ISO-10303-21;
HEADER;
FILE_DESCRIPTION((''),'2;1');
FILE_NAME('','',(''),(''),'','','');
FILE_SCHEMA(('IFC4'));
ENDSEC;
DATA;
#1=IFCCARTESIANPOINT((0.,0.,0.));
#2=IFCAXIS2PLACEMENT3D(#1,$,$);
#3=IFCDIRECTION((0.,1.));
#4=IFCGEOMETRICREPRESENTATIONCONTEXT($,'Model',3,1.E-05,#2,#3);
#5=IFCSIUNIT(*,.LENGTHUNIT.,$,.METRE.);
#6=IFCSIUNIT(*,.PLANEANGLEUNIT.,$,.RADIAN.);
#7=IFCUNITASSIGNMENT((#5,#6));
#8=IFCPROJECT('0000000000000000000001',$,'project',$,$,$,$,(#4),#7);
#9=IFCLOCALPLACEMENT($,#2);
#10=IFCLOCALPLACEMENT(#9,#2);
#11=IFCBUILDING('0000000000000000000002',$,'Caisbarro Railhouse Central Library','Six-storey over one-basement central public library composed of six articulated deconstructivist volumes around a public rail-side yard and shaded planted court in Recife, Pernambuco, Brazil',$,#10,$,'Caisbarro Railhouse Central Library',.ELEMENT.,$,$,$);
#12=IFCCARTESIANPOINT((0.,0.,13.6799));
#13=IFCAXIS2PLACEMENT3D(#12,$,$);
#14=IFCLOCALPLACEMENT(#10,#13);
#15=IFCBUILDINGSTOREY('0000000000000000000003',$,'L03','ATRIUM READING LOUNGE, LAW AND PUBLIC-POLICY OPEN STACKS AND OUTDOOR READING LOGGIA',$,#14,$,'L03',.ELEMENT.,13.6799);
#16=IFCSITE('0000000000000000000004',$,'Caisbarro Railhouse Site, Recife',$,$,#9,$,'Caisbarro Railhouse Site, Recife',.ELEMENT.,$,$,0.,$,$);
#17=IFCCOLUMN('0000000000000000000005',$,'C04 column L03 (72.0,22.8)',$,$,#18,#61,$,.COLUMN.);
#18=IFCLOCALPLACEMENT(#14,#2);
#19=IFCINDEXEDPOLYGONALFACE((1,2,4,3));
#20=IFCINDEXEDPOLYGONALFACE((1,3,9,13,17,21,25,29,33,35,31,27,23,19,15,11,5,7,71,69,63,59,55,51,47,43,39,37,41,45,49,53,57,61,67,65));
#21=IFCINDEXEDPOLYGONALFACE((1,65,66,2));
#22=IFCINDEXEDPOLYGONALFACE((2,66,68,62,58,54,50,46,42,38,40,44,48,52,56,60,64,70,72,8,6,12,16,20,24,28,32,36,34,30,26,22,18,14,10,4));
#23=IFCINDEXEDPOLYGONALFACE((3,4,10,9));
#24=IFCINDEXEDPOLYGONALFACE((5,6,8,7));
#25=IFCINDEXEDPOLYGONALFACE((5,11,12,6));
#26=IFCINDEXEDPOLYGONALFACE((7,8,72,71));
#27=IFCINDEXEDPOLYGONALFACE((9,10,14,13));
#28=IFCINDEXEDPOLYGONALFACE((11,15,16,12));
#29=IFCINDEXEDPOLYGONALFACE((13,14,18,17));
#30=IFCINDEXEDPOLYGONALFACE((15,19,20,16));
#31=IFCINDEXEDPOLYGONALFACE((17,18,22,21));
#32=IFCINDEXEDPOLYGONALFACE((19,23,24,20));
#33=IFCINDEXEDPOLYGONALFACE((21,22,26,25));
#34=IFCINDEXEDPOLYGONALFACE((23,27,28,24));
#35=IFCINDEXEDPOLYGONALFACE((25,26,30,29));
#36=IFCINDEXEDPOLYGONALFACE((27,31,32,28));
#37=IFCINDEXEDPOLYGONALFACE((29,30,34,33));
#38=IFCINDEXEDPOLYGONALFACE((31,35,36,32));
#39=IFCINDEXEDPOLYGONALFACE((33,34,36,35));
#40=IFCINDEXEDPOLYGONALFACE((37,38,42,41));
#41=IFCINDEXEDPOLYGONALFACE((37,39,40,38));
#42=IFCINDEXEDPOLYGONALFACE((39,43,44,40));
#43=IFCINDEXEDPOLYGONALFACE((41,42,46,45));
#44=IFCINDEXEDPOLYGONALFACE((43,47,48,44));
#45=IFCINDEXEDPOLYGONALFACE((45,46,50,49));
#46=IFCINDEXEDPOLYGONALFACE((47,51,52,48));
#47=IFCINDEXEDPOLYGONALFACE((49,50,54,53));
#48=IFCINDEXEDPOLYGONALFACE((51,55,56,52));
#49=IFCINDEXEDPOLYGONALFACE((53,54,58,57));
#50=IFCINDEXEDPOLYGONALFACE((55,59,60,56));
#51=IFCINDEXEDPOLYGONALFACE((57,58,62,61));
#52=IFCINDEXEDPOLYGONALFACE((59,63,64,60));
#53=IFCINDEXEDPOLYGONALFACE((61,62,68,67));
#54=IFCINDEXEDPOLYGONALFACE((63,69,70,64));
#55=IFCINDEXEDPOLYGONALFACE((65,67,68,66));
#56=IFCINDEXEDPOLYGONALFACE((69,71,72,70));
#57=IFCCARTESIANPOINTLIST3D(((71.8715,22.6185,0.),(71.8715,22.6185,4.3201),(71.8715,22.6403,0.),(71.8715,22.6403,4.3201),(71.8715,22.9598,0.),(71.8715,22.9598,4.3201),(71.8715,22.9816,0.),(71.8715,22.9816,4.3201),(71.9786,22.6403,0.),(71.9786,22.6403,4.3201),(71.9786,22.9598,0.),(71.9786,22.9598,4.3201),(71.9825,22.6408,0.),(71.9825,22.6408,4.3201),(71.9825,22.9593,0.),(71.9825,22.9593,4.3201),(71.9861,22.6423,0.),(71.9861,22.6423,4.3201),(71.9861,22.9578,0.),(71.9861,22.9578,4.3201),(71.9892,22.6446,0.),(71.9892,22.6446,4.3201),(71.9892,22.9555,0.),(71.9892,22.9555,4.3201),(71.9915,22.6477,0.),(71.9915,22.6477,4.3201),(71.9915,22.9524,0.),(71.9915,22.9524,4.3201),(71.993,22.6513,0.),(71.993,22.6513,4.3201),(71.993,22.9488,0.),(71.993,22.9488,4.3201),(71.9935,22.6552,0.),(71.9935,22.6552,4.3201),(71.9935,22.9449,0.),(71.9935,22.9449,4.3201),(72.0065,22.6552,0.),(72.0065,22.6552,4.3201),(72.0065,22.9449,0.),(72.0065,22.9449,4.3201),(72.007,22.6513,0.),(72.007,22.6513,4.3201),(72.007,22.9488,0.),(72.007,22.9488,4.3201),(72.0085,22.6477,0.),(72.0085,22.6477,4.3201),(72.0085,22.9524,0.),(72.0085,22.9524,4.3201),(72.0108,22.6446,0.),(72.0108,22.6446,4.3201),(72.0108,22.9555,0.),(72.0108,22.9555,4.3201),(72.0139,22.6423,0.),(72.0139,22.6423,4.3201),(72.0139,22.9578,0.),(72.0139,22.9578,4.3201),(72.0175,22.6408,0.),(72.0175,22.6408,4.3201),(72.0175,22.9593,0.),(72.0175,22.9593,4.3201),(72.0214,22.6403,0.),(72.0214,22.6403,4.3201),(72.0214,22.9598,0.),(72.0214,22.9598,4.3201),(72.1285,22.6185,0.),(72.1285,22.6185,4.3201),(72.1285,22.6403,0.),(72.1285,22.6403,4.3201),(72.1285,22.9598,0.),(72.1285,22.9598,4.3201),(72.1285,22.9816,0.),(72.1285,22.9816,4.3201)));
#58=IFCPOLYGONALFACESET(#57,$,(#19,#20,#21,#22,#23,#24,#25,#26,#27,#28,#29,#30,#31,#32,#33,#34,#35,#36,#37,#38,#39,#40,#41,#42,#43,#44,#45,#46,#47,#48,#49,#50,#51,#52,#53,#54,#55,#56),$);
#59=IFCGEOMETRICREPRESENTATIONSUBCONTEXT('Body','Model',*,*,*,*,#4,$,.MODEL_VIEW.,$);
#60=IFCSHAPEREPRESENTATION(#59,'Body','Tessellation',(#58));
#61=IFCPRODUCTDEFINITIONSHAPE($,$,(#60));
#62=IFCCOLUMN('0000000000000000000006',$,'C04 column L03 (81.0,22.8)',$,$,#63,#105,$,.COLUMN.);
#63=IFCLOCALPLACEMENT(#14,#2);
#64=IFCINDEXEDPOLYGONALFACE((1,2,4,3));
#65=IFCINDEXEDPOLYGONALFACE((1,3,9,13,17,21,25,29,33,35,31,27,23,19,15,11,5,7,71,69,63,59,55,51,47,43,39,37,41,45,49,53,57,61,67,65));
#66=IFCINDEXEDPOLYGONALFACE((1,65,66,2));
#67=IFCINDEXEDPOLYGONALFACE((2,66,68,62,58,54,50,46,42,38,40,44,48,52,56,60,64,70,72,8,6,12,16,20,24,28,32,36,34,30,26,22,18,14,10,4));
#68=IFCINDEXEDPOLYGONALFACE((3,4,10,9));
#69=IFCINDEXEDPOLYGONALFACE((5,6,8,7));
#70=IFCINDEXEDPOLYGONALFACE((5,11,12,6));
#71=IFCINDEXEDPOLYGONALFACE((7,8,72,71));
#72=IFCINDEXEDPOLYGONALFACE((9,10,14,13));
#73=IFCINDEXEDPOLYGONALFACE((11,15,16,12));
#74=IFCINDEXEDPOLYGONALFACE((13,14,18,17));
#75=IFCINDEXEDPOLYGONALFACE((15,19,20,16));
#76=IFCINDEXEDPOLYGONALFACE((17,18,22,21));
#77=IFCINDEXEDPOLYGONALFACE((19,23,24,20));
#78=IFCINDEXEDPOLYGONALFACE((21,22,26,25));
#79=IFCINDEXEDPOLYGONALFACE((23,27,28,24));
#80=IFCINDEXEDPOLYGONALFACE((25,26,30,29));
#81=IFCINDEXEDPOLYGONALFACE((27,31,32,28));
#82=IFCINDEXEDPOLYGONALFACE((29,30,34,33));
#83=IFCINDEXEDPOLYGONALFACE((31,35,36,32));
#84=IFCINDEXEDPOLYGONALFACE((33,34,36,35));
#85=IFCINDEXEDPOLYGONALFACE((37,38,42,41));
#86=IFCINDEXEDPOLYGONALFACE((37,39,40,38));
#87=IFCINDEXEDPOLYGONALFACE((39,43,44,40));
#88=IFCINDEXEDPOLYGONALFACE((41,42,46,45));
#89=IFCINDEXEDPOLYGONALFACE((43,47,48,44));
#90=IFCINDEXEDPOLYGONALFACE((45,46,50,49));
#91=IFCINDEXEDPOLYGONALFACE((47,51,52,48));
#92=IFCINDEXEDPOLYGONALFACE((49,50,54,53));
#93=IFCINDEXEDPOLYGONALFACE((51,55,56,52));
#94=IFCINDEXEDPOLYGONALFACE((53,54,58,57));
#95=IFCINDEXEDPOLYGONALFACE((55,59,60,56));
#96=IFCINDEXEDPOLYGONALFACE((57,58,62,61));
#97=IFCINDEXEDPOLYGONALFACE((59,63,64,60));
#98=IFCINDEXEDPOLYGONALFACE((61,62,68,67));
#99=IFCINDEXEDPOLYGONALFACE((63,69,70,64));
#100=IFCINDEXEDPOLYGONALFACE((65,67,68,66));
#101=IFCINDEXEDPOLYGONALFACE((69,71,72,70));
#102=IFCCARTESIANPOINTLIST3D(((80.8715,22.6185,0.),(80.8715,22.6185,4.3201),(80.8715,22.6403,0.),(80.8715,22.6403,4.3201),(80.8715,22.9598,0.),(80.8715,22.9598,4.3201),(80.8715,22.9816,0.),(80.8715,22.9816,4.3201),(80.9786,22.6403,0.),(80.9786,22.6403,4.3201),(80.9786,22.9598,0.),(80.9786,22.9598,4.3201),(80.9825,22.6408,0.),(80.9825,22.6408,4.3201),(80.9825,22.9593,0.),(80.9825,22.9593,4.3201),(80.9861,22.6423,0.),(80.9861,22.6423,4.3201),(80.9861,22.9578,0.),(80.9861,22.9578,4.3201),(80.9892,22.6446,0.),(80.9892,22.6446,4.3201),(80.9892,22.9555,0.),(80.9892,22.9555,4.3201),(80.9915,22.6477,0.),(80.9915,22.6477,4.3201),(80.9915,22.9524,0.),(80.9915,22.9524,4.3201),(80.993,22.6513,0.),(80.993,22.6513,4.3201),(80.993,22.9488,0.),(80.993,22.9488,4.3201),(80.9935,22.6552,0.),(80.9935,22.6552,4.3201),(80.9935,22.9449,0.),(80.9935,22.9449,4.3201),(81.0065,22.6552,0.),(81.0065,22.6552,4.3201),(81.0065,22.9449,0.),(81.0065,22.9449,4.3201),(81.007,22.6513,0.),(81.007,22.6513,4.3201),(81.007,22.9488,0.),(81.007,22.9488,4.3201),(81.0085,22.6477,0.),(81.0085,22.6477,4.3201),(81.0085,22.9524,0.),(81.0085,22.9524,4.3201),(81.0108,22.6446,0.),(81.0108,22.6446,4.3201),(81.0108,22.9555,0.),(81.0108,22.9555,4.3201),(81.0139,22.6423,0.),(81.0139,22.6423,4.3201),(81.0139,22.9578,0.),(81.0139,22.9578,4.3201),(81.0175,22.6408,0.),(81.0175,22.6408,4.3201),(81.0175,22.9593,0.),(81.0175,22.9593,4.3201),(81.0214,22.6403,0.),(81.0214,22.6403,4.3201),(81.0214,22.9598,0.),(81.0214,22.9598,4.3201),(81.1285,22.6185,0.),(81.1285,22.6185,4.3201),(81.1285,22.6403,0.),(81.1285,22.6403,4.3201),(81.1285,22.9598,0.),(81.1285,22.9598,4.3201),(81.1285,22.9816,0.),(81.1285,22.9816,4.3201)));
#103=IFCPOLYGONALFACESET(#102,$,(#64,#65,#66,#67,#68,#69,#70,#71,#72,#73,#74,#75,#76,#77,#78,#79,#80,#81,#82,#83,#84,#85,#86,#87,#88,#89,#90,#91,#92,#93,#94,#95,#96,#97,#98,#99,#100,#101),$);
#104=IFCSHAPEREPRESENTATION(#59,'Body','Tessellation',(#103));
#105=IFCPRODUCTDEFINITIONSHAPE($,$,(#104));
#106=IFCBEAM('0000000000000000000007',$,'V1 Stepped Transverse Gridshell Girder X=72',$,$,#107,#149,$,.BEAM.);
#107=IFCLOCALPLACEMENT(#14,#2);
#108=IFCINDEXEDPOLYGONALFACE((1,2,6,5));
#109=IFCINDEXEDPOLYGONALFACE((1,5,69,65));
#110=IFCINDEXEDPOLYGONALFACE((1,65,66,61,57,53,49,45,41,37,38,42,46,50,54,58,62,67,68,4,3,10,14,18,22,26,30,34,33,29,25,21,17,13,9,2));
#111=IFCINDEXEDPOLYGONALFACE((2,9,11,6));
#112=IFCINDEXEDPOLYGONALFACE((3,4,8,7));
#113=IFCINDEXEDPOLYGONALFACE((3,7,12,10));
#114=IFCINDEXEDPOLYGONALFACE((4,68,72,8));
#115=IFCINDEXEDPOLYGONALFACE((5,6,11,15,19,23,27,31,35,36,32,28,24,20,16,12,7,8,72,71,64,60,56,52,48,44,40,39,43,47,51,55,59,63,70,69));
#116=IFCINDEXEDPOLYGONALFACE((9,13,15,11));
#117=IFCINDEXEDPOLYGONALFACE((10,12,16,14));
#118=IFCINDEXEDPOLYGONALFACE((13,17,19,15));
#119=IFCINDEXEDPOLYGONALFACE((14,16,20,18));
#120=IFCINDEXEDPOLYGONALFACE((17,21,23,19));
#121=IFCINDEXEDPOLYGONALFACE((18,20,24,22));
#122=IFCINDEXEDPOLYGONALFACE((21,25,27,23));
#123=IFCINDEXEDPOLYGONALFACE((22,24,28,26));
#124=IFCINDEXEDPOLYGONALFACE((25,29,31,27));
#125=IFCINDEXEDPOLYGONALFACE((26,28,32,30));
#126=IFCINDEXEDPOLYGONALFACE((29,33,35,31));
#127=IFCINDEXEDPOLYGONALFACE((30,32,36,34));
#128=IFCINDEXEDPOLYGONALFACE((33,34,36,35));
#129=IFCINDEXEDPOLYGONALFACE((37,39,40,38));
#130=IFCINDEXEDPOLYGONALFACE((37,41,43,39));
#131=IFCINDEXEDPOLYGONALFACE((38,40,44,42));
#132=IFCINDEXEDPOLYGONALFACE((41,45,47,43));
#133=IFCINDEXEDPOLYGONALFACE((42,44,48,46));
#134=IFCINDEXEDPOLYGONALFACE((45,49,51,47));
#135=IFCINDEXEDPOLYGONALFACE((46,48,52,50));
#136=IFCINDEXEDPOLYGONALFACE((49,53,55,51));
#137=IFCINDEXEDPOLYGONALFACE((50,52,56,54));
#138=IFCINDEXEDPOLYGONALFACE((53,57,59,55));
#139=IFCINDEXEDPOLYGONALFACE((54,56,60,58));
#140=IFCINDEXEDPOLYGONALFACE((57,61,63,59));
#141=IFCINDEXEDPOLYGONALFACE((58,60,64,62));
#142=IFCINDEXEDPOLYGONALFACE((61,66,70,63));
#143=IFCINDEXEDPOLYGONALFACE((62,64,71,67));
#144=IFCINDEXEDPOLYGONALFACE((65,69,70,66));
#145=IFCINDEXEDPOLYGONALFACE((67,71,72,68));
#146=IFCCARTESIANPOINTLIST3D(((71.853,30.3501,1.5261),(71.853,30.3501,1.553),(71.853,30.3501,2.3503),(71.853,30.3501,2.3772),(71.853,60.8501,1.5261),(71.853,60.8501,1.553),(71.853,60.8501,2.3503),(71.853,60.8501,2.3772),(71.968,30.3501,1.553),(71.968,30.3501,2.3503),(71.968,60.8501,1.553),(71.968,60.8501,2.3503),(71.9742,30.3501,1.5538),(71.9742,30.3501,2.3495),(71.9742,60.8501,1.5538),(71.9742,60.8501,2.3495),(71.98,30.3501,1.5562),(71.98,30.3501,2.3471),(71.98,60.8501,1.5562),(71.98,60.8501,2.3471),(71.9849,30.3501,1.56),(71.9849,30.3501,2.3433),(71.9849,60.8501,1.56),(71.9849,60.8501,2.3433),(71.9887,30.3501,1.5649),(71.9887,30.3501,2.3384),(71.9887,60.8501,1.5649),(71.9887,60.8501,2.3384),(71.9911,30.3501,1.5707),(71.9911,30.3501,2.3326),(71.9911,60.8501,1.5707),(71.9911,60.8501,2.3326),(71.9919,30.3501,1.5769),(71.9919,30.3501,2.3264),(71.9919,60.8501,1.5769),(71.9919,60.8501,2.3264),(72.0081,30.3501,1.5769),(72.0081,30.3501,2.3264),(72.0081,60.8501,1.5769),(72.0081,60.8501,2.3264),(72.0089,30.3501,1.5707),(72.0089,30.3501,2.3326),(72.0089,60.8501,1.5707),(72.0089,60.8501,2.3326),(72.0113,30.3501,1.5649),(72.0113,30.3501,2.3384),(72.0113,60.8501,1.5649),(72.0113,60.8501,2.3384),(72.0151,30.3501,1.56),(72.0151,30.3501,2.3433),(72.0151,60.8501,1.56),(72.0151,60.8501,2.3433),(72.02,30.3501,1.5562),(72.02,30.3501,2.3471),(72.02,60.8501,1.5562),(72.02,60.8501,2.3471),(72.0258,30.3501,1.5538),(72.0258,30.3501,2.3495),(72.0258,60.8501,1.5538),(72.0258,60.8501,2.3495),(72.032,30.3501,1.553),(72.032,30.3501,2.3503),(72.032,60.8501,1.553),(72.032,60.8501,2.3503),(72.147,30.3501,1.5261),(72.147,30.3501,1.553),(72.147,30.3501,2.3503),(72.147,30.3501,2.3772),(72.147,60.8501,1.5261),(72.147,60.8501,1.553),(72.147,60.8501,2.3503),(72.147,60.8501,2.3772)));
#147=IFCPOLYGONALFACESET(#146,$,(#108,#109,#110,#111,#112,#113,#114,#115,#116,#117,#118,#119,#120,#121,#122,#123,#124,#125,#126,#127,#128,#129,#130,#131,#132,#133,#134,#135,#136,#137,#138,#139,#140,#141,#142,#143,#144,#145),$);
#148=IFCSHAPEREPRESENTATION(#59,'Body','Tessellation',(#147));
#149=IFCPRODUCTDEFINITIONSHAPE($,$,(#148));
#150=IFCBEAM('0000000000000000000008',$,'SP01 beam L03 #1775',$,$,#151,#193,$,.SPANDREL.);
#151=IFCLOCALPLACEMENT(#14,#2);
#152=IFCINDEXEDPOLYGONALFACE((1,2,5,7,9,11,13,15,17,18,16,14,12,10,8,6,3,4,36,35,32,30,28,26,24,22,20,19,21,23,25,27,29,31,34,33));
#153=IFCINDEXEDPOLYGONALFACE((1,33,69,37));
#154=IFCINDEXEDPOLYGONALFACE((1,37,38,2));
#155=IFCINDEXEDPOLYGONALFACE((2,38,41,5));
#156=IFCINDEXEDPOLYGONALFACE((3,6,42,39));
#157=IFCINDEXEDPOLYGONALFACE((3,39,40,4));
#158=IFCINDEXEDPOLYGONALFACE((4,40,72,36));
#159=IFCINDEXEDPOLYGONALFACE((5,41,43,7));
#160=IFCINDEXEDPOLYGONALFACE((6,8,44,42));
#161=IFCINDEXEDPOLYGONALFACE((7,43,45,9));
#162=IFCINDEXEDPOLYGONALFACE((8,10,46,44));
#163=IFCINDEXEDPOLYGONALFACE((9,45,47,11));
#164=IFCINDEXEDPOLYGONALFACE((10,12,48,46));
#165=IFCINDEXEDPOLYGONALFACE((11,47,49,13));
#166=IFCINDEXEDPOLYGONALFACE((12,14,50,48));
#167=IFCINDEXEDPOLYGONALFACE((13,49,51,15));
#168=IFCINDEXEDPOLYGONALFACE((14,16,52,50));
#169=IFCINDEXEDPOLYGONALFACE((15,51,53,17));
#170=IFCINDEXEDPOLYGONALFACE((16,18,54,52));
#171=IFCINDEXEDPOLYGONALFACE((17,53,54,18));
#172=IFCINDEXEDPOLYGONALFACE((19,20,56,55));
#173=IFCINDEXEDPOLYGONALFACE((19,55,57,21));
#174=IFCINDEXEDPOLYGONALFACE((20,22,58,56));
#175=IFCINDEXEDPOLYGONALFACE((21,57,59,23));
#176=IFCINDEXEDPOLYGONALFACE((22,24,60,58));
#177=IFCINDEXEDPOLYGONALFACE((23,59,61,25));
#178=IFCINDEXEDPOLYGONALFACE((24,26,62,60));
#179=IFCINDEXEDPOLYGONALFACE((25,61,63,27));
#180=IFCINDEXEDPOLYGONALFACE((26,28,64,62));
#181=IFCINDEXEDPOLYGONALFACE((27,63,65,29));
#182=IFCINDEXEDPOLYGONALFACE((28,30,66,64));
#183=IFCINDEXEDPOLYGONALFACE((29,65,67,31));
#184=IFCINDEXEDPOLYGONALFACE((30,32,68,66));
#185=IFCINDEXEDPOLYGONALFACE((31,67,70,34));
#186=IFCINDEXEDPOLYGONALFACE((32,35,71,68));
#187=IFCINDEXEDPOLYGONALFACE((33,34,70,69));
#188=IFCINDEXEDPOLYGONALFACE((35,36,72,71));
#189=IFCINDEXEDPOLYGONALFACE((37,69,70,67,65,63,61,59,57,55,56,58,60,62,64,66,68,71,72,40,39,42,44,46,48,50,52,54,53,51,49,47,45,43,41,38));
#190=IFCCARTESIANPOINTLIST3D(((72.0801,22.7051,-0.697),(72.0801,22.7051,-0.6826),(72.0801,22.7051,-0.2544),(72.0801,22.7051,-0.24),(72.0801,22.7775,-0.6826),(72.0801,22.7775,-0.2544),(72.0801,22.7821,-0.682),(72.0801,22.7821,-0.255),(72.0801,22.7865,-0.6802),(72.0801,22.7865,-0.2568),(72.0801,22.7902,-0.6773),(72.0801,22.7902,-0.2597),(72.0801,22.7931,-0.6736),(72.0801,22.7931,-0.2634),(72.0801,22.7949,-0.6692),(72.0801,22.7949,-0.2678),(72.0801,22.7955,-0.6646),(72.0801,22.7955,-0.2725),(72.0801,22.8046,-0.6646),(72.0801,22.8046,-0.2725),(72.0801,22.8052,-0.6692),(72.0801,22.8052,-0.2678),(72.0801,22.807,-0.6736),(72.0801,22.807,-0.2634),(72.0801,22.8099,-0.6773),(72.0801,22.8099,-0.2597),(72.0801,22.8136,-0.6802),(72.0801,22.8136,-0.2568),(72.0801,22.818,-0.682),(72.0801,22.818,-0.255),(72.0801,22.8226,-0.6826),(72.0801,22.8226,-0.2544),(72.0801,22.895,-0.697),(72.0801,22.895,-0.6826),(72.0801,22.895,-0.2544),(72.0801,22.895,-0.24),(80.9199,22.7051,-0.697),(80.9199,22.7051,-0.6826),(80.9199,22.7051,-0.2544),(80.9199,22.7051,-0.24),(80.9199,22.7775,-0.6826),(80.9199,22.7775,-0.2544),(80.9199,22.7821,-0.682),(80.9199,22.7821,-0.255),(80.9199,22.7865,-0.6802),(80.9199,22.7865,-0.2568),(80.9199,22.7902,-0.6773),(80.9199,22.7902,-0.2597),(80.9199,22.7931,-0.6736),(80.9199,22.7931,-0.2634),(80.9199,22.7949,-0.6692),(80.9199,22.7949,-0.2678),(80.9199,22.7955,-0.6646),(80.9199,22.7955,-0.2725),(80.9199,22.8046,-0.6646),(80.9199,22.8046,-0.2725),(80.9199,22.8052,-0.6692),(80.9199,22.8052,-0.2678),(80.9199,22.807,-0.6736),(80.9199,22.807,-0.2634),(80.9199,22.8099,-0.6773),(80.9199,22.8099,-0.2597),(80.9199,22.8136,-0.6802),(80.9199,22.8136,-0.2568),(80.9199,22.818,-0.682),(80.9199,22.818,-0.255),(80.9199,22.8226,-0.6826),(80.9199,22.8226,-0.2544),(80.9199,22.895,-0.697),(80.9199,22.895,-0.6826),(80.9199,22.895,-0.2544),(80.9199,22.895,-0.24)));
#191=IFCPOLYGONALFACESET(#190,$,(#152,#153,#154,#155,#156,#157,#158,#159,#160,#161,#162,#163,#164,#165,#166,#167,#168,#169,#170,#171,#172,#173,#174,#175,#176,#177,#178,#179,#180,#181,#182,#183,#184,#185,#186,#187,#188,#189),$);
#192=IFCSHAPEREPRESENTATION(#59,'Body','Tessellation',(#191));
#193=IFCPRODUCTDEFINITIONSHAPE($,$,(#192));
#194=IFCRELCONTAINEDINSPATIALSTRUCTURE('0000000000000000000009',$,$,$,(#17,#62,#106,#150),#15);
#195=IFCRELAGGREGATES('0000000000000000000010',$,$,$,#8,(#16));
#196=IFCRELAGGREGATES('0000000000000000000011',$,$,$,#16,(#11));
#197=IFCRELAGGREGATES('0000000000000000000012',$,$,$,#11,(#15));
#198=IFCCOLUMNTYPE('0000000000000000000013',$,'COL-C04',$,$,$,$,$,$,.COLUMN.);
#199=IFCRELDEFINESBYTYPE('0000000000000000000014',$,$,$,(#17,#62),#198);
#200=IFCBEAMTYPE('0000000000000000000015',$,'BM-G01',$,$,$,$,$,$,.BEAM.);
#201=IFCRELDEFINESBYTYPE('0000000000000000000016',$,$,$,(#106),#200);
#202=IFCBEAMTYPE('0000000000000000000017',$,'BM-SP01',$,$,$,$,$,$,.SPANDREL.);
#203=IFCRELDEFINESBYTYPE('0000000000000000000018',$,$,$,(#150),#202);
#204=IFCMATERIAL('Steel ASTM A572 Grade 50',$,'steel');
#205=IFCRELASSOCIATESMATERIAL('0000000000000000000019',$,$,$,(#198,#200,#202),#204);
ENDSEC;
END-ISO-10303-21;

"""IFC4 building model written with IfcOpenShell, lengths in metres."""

from ifc_helpers import new_model, si_unit, direction, frame, origin, origin_2d, place, context, subcontext, project, spatial, i_section, extrude, material, material_profile, profile_set, type_object, element, save


model = new_model("IFC4")

# Units and contexts
model_context = context("Model", 3, precision=1e-05, world=origin(), true_north=direction((0.0, 1.0)))
body_context = subcontext(model_context, "Body", "Model", "MODEL_VIEW")
ifc_project = project(units=[si_unit("LENGTHUNIT", "METRE"), si_unit("PLANEANGLEUNIT", "RADIAN")], contexts=[model_context])

# Site, building, storey
site_placement = place(None, origin())
site = spatial("IfcSite", under=ifc_project, at=site_placement, Name="Caisbarro Railhouse Site, Recife", LongName="Caisbarro Railhouse Site, Recife", CompositionType="ELEMENT", RefElevation=0.0)
building_placement = place(site_placement, origin())
building = spatial("IfcBuilding", under=site, at=building_placement, Name="Caisbarro Railhouse Central Library", Description="Six-storey over one-basement central public library composed of six articulated deconstructivist volumes around a public rail-side yard and shaded planted court in Recife, Pernambuco, Brazil", LongName="Caisbarro Railhouse Central Library", CompositionType="ELEMENT")
storey_placement = place(building_placement, frame((0.0, 0.0, 13.6799)))
storey = spatial("IfcBuildingStorey", under=building, at=storey_placement, Name="L03", Description="ATRIUM READING LOUNGE, LAW AND PUBLIC-POLICY OPEN STACKS AND OUTDOOR READING LOGGIA", LongName="L03", CompositionType="ELEMENT", Elevation=13.6799)

# Columns
ifc_material_1 = material(Name="Steel ASTM A572 Grade 50", Category="steel")
ifc_material_profile_1 = material_profile(ifc_material_1, i_section(OverallWidth=0.2571, OverallDepth=0.363, WebThickness=0.0129, FlangeThickness=0.0217, FilletRadius=0.0149, at=origin_2d()), Name="W360X122.0")
ifc_profile_set_1 = profile_set([ifc_material_profile_1], Name="Steel ASTM A572 Grade 50")
column_type = type_object("IfcColumnType", Name="COL-C04", PredefinedType="COLUMN", material=ifc_profile_set_1)
for number, where, z_axis, x_axis, name in (
    (1, (72.0, 22.8, 0.0), (0.0, 0.0, 1.0), (1.0, 0.0, 0.0), "C04 column L03 (72.0,22.8)"),
    (2, (81.0, 22.8, 0.0), (0.0, 0.0, 1.0), (1.0, 0.0, 0.0), "C04 column L03 (81.0,22.8)"),
):
    element("IfcColumn", number, at=place(storey_placement, frame(where, z_axis=z_axis, x_axis=x_axis)), inside=storey, type_object=column_type, Name=name, PredefinedType="COLUMN", context=body_context, shape_type="SweptSolid", body=[
        extrude(i_section(OverallWidth=0.2571, OverallDepth=0.363, WebThickness=0.0129, FlangeThickness=0.0217, FilletRadius=0.0149, at=origin_2d()), origin(), (0.0, 0.0, 1.0), 4.3201),
    ])

# Beams
ifc_material_profile_2 = material_profile(ifc_material_1, i_section(OverallWidth=0.2939, OverallDepth=0.8511, WebThickness=0.0161, FlangeThickness=0.0269, FilletRadius=0.0239, at=origin_2d()), Name="W840X226.0")
ifc_profile_set_2 = profile_set([ifc_material_profile_2], Name="Steel ASTM A572 Grade 50")
beam_type_1 = type_object("IfcBeamType", Name="BM-G01", PredefinedType="BEAM", material=ifc_profile_set_2)
beam_placement = place(storey_placement, frame((72.0, 30.3501, 1.9517), z_axis=(0.0, 1.0, 0.0), x_axis=(-1.0, 0.0, 0.0)))
element("IfcBeam", 3, at=beam_placement, inside=storey, type_object=beam_type_1, Name="V1 Stepped Transverse Gridshell Girder X=72", PredefinedType="BEAM", context=body_context, shape_type="SweptSolid", body=[
    extrude(i_section(OverallWidth=0.2939, OverallDepth=0.8511, WebThickness=0.0161, FlangeThickness=0.0269, FilletRadius=0.0239, at=origin_2d()), origin(), (0.0, 0.0, 1.0), 30.5),
])
ifc_material_profile_3 = material_profile(ifc_material_1, i_section(OverallWidth=0.1899, OverallDepth=0.457, WebThickness=0.009, FlangeThickness=0.0144, FilletRadius=0.0181, at=origin_2d()), Name="W460X74.0")
ifc_profile_set_3 = profile_set([ifc_material_profile_3], Name="Steel ASTM A572 Grade 50")
beam_type_2 = type_object("IfcBeamType", Name="BM-SP01", PredefinedType="SPANDREL", material=ifc_profile_set_3)
for number, where, z_axis, x_axis, name in (
    (4, (72.0801, 22.8, -0.4685), (1.0, 0.0, 0.0), (0.0, 1.0, 0.0), "SP01 beam L03 #1775"),
):
    element("IfcBeam", number, at=place(storey_placement, frame(where, z_axis=z_axis, x_axis=x_axis)), inside=storey, type_object=beam_type_2, Name=name, PredefinedType="SPANDREL", context=body_context, shape_type="SweptSolid", body=[
        extrude(i_section(OverallWidth=0.1899, OverallDepth=0.457, WebThickness=0.009, FlangeThickness=0.0144, FilletRadius=0.0181, at=origin_2d()), origin(), (0.0, 0.0, 1.0), 8.8398),
    ])

save(model, "model.ifc")
